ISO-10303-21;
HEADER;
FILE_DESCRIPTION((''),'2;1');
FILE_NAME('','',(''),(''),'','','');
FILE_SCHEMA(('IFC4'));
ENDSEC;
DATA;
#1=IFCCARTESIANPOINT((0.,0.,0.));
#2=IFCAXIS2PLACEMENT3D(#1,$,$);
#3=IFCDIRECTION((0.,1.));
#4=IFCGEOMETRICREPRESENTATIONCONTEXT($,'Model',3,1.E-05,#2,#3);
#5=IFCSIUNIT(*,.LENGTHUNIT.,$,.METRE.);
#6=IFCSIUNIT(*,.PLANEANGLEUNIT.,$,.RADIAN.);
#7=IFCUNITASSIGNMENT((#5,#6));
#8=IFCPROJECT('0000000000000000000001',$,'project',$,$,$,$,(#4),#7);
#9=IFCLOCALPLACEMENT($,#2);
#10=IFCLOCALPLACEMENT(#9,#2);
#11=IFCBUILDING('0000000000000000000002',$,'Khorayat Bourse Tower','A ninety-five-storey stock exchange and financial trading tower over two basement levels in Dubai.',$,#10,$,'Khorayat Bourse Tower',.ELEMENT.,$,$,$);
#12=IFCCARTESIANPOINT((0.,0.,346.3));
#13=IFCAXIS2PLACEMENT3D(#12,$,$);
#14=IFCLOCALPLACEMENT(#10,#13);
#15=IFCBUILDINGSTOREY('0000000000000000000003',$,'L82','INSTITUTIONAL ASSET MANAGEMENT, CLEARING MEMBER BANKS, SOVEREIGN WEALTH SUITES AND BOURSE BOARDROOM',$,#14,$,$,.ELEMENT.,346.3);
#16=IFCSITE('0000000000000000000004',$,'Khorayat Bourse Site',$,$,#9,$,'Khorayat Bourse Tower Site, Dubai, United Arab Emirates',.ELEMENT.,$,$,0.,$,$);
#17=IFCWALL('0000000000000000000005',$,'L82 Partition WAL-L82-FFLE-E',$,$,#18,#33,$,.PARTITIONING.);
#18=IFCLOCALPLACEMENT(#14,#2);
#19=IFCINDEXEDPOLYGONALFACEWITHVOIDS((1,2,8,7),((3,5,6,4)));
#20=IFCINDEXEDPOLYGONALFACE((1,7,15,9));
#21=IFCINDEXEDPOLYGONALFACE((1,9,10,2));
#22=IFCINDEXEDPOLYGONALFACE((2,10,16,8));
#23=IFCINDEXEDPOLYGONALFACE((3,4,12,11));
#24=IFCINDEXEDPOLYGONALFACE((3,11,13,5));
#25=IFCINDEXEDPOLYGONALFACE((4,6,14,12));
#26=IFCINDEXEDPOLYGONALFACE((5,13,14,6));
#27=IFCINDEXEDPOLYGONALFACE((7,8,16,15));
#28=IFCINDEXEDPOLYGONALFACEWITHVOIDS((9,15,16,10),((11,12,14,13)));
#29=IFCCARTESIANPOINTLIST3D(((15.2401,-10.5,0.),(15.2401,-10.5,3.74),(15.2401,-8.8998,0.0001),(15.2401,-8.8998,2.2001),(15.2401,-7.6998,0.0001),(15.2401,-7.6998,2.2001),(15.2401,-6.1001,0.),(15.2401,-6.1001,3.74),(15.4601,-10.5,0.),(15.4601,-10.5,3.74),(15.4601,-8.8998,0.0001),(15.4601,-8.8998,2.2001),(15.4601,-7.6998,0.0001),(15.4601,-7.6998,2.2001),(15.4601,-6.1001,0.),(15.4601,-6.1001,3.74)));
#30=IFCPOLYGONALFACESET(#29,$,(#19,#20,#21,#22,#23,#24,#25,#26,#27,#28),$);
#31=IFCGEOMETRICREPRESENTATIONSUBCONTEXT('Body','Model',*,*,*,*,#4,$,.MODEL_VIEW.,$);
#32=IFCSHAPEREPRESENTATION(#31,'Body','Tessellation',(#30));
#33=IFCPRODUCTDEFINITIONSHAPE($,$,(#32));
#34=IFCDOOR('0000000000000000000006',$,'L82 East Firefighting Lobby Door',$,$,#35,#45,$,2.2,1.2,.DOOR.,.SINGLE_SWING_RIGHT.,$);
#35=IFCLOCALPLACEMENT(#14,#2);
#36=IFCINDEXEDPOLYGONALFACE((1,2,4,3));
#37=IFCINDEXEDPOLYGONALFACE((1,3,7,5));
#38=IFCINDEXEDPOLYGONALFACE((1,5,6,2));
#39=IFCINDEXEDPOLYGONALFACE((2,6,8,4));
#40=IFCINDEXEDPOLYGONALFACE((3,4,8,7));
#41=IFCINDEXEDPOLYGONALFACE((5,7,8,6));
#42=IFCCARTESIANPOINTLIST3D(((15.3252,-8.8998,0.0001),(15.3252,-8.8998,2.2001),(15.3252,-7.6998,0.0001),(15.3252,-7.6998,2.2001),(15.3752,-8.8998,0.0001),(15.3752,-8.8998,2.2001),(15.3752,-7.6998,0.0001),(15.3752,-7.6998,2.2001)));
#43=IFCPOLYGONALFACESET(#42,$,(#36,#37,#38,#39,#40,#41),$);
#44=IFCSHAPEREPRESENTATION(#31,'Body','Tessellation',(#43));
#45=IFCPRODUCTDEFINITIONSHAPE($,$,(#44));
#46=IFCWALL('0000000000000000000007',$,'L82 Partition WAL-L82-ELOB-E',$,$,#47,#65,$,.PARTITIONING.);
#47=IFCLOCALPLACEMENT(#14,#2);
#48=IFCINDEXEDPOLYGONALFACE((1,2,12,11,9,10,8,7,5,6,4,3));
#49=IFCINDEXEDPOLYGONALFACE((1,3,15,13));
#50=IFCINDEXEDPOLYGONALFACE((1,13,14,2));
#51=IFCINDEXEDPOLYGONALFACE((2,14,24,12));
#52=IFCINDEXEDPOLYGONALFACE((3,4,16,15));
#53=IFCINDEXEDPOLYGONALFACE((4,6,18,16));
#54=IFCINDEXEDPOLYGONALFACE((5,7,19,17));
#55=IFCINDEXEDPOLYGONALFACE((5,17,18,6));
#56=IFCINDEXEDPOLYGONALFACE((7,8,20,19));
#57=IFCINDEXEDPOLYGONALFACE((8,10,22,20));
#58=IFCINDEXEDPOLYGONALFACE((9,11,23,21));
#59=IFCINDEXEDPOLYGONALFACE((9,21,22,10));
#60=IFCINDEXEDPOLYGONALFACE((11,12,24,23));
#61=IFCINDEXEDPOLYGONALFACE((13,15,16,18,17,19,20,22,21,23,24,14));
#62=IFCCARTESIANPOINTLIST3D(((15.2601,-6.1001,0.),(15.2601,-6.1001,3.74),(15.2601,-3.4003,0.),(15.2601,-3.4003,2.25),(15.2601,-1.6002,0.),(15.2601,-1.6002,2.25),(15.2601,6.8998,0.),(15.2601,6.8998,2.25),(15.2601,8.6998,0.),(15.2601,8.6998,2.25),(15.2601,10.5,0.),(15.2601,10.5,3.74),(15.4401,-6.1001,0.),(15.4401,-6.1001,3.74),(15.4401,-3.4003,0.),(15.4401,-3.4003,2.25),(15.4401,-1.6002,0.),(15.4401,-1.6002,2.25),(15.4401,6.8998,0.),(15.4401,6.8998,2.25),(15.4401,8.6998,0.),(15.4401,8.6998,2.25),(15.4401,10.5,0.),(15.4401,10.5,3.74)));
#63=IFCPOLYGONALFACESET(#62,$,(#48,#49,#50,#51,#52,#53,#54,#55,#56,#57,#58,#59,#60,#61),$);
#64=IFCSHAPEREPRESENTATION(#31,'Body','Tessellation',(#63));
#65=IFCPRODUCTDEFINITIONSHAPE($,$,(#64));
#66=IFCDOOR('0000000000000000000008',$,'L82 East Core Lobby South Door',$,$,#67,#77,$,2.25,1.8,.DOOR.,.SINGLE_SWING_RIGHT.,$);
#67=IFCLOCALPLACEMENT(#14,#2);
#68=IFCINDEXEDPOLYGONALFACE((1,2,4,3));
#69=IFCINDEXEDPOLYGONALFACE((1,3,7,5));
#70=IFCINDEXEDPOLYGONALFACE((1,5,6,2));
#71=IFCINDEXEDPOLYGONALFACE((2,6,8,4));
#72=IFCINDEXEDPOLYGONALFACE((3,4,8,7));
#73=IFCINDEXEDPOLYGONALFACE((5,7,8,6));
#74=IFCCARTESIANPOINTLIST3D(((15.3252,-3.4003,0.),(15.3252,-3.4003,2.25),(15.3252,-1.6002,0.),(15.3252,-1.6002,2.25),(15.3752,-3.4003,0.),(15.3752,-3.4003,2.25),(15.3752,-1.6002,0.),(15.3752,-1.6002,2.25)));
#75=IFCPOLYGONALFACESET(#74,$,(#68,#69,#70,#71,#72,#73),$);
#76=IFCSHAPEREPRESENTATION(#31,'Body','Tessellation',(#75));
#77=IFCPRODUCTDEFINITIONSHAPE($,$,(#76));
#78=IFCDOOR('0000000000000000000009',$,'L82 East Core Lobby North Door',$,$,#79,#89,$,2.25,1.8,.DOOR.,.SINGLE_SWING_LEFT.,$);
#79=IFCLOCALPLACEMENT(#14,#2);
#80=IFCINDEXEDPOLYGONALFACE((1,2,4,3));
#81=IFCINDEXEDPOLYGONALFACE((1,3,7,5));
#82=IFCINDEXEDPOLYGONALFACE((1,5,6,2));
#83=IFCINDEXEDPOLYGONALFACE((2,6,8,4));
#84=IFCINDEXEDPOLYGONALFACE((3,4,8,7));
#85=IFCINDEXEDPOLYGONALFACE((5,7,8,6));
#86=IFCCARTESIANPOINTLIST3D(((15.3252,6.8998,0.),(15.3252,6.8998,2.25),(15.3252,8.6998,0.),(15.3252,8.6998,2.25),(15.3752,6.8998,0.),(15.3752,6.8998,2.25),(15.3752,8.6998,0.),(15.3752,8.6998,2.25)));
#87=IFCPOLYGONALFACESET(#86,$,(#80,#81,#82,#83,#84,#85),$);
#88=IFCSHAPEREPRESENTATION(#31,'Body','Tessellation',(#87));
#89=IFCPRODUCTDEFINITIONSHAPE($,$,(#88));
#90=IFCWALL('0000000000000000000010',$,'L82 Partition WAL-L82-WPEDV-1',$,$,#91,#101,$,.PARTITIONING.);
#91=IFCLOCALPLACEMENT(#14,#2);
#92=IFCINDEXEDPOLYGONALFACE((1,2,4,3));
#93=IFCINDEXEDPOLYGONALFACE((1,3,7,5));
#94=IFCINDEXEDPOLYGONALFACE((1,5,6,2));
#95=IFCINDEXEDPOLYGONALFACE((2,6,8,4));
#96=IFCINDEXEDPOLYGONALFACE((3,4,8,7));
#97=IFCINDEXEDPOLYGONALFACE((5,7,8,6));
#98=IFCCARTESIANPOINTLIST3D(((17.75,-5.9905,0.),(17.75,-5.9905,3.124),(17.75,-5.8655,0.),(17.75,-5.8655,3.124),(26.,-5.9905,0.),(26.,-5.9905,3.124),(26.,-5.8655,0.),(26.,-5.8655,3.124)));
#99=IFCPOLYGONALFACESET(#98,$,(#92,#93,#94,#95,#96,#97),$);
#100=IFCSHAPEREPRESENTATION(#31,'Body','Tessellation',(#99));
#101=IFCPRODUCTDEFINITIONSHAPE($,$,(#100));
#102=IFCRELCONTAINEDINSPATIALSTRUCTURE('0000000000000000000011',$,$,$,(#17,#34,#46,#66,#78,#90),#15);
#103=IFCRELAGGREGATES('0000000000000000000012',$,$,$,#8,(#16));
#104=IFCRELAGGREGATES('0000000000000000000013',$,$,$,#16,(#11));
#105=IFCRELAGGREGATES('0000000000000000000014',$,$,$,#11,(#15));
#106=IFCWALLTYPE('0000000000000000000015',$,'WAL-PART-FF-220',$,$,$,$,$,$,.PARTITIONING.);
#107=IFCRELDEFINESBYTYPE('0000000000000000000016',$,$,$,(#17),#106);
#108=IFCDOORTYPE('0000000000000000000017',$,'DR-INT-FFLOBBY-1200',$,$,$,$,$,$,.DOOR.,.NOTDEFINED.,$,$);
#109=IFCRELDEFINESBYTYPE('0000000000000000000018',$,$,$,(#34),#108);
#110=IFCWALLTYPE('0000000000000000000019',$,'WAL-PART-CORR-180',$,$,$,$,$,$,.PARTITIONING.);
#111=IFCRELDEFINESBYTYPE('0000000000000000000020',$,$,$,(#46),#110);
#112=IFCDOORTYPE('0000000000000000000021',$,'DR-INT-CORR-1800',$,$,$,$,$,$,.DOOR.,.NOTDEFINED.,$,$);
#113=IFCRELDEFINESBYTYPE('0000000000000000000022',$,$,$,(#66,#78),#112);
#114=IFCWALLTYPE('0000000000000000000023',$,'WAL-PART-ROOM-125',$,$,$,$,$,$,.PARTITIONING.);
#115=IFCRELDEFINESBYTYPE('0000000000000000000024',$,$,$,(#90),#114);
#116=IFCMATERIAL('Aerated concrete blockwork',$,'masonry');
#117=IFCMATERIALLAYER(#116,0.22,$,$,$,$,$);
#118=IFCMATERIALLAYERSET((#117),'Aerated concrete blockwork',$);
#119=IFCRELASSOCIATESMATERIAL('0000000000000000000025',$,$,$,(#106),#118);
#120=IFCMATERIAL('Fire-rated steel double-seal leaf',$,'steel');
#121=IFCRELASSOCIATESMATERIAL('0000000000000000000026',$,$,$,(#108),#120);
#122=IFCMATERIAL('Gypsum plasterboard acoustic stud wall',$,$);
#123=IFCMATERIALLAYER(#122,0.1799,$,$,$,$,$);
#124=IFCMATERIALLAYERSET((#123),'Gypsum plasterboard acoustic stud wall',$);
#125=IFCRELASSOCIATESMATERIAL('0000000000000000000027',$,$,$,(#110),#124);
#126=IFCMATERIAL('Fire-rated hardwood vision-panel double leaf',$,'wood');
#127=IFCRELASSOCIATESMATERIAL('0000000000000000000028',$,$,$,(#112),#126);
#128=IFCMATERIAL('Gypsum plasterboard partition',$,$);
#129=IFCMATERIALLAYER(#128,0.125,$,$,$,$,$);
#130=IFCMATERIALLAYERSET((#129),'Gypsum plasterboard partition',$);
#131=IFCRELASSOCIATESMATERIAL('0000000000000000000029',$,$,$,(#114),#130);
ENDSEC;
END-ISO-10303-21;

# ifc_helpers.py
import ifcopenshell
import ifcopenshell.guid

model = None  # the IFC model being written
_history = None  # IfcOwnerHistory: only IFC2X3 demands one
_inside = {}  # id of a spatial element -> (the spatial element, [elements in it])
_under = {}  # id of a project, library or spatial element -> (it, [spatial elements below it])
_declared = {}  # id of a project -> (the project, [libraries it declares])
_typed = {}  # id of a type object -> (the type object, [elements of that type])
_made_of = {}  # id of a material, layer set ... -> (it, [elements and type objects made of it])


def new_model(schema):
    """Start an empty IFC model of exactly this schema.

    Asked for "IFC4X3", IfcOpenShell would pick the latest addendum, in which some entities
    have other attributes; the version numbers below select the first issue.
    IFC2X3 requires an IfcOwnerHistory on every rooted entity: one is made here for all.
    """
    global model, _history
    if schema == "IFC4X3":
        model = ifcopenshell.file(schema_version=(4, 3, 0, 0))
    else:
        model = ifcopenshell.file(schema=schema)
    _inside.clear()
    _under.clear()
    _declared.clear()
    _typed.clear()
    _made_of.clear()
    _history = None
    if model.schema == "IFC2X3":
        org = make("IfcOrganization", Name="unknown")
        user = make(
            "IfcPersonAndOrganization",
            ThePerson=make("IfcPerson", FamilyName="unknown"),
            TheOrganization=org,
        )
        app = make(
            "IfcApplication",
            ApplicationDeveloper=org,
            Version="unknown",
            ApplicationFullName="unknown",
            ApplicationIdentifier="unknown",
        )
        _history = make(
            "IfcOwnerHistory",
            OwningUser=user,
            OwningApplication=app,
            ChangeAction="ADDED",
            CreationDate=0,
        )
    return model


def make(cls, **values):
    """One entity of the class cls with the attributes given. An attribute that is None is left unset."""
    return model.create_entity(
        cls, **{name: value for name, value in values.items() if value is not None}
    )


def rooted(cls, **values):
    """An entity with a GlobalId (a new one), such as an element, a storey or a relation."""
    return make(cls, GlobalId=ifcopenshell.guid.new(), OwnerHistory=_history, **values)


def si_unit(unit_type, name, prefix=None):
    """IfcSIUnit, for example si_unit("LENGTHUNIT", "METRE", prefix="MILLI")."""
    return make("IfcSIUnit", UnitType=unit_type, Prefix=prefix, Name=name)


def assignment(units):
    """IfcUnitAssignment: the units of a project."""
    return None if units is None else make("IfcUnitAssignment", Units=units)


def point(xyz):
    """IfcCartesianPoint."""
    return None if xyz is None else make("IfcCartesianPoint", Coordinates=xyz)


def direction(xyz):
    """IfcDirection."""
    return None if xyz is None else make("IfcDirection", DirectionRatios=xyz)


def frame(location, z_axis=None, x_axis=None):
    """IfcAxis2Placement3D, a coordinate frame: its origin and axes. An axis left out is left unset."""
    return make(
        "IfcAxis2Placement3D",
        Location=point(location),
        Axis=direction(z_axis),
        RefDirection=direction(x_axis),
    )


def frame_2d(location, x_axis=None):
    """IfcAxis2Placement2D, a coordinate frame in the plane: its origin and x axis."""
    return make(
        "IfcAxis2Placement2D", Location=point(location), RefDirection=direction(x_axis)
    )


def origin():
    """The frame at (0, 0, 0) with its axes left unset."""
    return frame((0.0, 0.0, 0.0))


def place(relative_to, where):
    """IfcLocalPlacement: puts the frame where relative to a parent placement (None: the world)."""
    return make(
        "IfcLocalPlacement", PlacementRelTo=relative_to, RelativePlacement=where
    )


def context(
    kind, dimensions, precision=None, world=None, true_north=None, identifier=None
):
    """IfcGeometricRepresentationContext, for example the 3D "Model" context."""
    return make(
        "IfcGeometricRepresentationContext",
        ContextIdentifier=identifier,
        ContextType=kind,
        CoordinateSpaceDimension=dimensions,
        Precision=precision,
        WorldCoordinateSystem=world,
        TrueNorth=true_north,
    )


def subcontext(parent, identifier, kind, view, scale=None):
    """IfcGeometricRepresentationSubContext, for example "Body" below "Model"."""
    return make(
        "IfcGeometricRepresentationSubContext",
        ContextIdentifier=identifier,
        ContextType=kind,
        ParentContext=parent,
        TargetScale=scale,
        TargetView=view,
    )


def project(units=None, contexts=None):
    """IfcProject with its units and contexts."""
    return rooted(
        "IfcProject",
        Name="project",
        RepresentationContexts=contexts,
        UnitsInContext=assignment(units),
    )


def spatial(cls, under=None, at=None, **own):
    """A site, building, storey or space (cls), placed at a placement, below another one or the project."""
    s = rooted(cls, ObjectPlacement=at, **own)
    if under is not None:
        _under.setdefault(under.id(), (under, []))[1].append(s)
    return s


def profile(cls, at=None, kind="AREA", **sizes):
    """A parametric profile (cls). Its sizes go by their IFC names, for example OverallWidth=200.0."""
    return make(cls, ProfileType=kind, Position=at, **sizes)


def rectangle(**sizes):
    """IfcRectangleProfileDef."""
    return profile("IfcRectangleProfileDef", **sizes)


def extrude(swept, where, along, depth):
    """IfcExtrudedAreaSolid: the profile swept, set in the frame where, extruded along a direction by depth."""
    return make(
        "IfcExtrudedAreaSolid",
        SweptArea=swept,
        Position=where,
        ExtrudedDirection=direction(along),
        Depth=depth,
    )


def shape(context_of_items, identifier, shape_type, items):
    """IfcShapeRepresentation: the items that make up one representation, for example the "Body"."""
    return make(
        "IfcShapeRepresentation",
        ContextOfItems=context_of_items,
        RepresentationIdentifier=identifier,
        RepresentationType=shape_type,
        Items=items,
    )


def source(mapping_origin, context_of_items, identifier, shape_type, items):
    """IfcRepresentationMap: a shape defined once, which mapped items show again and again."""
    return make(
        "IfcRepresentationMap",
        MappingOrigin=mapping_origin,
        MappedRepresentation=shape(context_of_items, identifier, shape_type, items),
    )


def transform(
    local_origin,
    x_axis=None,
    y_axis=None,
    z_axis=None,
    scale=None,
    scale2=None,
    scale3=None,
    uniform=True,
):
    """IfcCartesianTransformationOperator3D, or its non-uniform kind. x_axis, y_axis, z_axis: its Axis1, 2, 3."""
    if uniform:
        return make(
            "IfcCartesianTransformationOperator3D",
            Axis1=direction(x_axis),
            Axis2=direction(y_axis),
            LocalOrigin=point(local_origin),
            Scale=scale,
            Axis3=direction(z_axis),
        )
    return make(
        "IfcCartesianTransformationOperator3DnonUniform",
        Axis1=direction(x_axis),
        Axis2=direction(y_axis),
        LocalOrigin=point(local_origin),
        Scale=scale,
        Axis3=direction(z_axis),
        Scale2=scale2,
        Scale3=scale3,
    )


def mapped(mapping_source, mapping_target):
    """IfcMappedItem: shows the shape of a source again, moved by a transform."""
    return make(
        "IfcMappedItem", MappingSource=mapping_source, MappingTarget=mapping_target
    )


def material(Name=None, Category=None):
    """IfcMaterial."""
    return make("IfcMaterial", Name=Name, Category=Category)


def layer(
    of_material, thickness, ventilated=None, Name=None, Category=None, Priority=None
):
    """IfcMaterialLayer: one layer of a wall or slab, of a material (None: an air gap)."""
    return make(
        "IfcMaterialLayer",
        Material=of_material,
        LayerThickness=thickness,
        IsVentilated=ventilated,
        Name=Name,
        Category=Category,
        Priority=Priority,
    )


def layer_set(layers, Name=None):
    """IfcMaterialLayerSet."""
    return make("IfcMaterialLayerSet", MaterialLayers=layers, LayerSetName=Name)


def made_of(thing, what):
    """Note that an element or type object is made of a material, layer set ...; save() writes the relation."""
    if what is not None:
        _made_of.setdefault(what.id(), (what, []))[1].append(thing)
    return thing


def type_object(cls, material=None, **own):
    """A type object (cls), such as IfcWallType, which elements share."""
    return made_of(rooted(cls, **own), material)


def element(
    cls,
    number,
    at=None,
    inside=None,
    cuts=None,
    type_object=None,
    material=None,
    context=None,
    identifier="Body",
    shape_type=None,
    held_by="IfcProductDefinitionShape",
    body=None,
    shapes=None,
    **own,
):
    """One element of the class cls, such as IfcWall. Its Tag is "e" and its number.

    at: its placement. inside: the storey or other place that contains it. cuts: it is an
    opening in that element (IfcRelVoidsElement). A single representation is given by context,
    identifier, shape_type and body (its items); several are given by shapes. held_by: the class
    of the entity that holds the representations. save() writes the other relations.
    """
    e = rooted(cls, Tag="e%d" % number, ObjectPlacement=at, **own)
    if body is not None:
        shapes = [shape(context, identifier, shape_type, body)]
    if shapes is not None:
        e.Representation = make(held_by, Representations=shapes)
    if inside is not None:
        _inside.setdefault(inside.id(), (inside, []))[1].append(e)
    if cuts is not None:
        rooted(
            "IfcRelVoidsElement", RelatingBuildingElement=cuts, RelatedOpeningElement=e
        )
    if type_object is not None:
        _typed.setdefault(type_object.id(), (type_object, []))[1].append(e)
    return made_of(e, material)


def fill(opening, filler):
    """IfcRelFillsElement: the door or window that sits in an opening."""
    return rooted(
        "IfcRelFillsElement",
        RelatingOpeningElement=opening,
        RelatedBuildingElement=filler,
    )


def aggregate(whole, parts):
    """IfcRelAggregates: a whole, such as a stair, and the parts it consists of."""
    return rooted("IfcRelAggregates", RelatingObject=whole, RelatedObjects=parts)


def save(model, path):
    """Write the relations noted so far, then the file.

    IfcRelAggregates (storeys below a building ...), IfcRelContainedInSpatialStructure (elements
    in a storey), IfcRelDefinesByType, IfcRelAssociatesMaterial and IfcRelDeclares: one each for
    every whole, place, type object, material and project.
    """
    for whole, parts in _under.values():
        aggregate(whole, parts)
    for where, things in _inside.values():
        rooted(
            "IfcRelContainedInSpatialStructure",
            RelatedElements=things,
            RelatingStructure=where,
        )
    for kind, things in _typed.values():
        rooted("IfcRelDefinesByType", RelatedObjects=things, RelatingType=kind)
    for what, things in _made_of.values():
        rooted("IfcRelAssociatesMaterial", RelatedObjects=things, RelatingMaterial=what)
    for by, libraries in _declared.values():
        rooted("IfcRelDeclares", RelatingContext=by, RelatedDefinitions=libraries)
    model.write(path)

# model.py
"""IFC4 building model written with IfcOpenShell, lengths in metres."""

from ifc_helpers import new_model, si_unit, direction, frame, frame_2d, origin, place, context, subcontext, project, spatial, rectangle, extrude, source, transform, mapped, material, layer, layer_set, type_object, element, fill, save


model = new_model("IFC4")

# Units and contexts
model_context = context("Model", 3, precision=1e-05, world=origin(), true_north=direction((0.0, 1.0)))
body_context = subcontext(model_context, "Body", "Model", "MODEL_VIEW")
ifc_project = project(units=[si_unit("LENGTHUNIT", "METRE"), si_unit("PLANEANGLEUNIT", "RADIAN")], contexts=[model_context])

# Site, building, storey
site_placement = place(None, origin())
site = spatial("IfcSite", under=ifc_project, at=site_placement, Name="Khorayat Bourse Site", LongName="Khorayat Bourse Tower Site, Dubai, United Arab Emirates", CompositionType="ELEMENT", RefElevation=0.0)
building_placement = place(site_placement, origin())
building = spatial("IfcBuilding", under=site, at=building_placement, Name="Khorayat Bourse Tower", Description="A ninety-five-storey stock exchange and financial trading tower over two basement levels in Dubai.", LongName="Khorayat Bourse Tower", CompositionType="ELEMENT")
storey_placement = place(building_placement, frame((0.0, 0.0, 346.3)))
storey = spatial("IfcBuildingStorey", under=building, at=storey_placement, Name="L82", Description="INSTITUTIONAL ASSET MANAGEMENT, CLEARING MEMBER BANKS, SOVEREIGN WEALTH SUITES AND BOURSE BOARDROOM", CompositionType="ELEMENT", Elevation=346.3)

# Shared definitions
ifc_material_1 = material(Name="Aerated concrete blockwork", Category="masonry")
ifc_layer_1 = layer(ifc_material_1, 0.22)
ifc_layer_set_1 = layer_set([ifc_layer_1], Name="Aerated concrete blockwork")
wall_type_1 = type_object("IfcWallType", Name="WAL-PART-FF-220", PredefinedType="PARTITIONING", material=ifc_layer_set_1)

# Wall, opening, door
shared_shape_1 = source(origin(), body_context, "Body", "SweptSolid", [
    extrude(rectangle(XDim=4.3999, YDim=0.22, at=frame_2d((2.2, 0.0))), origin(), (0.0, 0.0, 1.0), 3.74),
])
wall_1_placement = place(storey_placement, frame((15.3501, -10.5, 0.0), z_axis=(0.0, 0.0, 1.0), x_axis=(0.0, 1.0, 0.0)))
wall_1 = element("IfcWall", 1, at=wall_1_placement, inside=storey, type_object=wall_type_1, Name="L82 Partition WAL-L82-FFLE-E", PredefinedType="PARTITIONING", context=body_context, shape_type="MappedRepresentation", body=[
    mapped(shared_shape_1, transform((0.0, 0.0, 0.0), scale=1.0)),
])
shared_shape_2 = source(origin(), body_context, "Body", "SweptSolid", [
    extrude(rectangle(XDim=1.2, YDim=2.2, at=frame_2d((0.6001, 1.1001))), frame((0.0, 0.1199, 0.0), z_axis=(0.0, -1.0, 0.0), x_axis=(1.0, 0.0, 0.0)), (0.0, 0.0, 1.0), 0.24),
])
opening_1_placement = place(wall_1_placement, frame((1.6001, 0.0, 0.0)))
opening_1 = element("IfcOpeningElement", 2, at=opening_1_placement, cuts=wall_1, PredefinedType="OPENING", context=body_context, shape_type="MappedRepresentation", body=[
    mapped(shared_shape_2, transform((0.0, 0.0, 0.0), scale=1.0)),
])
ifc_material_2 = material(Name="Fire-rated steel double-seal leaf", Category="steel")
door_type_1 = type_object("IfcDoorType", Name="DR-INT-FFLOBBY-1200", OperationType="NOTDEFINED", PredefinedType="DOOR", material=ifc_material_2)
shared_shape_3 = source(origin(), body_context, "Body", "SweptSolid", [
    extrude(rectangle(XDim=1.2, YDim=2.2, at=frame_2d((0.6001, 1.1001))), frame((0.0, 0.0249, 0.0), z_axis=(0.0, -1.0, 0.0), x_axis=(1.0, 0.0, 0.0)), (0.0, 0.0, 1.0), 0.05),
])
door_1_placement = place(opening_1_placement, origin())
door_1 = element("IfcDoor", 3, at=door_1_placement, inside=storey, type_object=door_type_1, Name="L82 East Firefighting Lobby Door", OperationType="SINGLE_SWING_RIGHT", OverallHeight=2.2, OverallWidth=1.2, PredefinedType="DOOR", context=body_context, shape_type="MappedRepresentation", body=[
    mapped(shared_shape_3, transform((0.0, 0.0, 0.0), scale=1.0)),
])
fill(opening_1, door_1)

# Wall, openings, doors
ifc_material_3 = material(Name="Gypsum plasterboard acoustic stud wall")
ifc_layer_2 = layer(ifc_material_3, 0.1799)
ifc_layer_set_2 = layer_set([ifc_layer_2], Name="Gypsum plasterboard acoustic stud wall")
wall_type_2 = type_object("IfcWallType", Name="WAL-PART-CORR-180", PredefinedType="PARTITIONING", material=ifc_layer_set_2)
shared_shape_4 = source(origin(), body_context, "Body", "SweptSolid", [
    extrude(rectangle(XDim=16.6001, YDim=0.1799, at=frame_2d((8.3, 0.0))), origin(), (0.0, 0.0, 1.0), 3.74),
])
wall_2_placement = place(storey_placement, frame((15.3501, -6.1001, 0.0), z_axis=(0.0, 0.0, 1.0), x_axis=(0.0, 1.0, 0.0)))
wall_2 = element("IfcWall", 4, at=wall_2_placement, inside=storey, type_object=wall_type_2, Name="L82 Partition WAL-L82-ELOB-E", PredefinedType="PARTITIONING", context=body_context, shape_type="MappedRepresentation", body=[
    mapped(shared_shape_4, transform((0.0, 0.0, 0.0), scale=1.0)),
])
shared_shape_5 = source(origin(), body_context, "Body", "SweptSolid", [
    extrude(rectangle(XDim=1.8, YDim=2.25, at=frame_2d((0.8999, 1.125))), frame((0.0, 0.0999, 0.0), z_axis=(0.0, -1.0, 0.0), x_axis=(1.0, 0.0, 0.0)), (0.0, 0.0, 1.0), 0.2),
])
opening_2_placement = place(wall_2_placement, frame((2.7, 0.0, 0.0)))
opening_2 = element("IfcOpeningElement", 5, at=opening_2_placement, cuts=wall_2, PredefinedType="OPENING", context=body_context, shape_type="MappedRepresentation", body=[
    mapped(shared_shape_5, transform((0.0, 0.0, 0.0), scale=1.0)),
])
opening_3_placement = place(wall_2_placement, frame((13.0, 0.0, 0.0)))
opening_3 = element("IfcOpeningElement", 6, at=opening_3_placement, cuts=wall_2, PredefinedType="OPENING", context=body_context, shape_type="MappedRepresentation", body=[
    mapped(shared_shape_5, transform((0.0, 0.0, 0.0), scale=1.0)),
])
ifc_material_4 = material(Name="Fire-rated hardwood vision-panel double leaf", Category="wood")
door_type_2 = type_object("IfcDoorType", Name="DR-INT-CORR-1800", OperationType="NOTDEFINED", PredefinedType="DOOR", material=ifc_material_4)
shared_shape_6 = source(origin(), body_context, "Body", "SweptSolid", [
    extrude(rectangle(XDim=1.8, YDim=2.25, at=frame_2d((0.8999, 1.125))), frame((0.0, 0.0249, 0.0), z_axis=(0.0, -1.0, 0.0), x_axis=(1.0, 0.0, 0.0)), (0.0, 0.0, 1.0), 0.05),
])
door_2_placement = place(opening_2_placement, origin())
door_2 = element("IfcDoor", 7, at=door_2_placement, inside=storey, type_object=door_type_2, Name="L82 East Core Lobby South Door", OperationType="SINGLE_SWING_RIGHT", OverallHeight=2.25, OverallWidth=1.8, PredefinedType="DOOR", context=body_context, shape_type="MappedRepresentation", body=[
    mapped(shared_shape_6, transform((0.0, 0.0, 0.0), scale=1.0)),
])
fill(opening_2, door_2)
door_3_placement = place(opening_3_placement, origin())
door_3 = element("IfcDoor", 8, at=door_3_placement, inside=storey, type_object=door_type_2, Name="L82 East Core Lobby North Door", OperationType="SINGLE_SWING_LEFT", OverallHeight=2.25, OverallWidth=1.8, PredefinedType="DOOR", context=body_context, shape_type="MappedRepresentation", body=[
    mapped(shared_shape_6, transform((0.0, 0.0, 0.0), scale=1.0)),
])
fill(opening_3, door_3)

# Wall
ifc_material_5 = material(Name="Gypsum plasterboard partition")
ifc_layer_3 = layer(ifc_material_5, 0.125)
ifc_layer_set_3 = layer_set([ifc_layer_3], Name="Gypsum plasterboard partition")
wall_type_3 = type_object("IfcWallType", Name="WAL-PART-ROOM-125", PredefinedType="PARTITIONING", material=ifc_layer_set_3)
shared_shape_7 = source(origin(), body_context, "Body", "SweptSolid", [
    extrude(rectangle(XDim=8.25, YDim=0.125, at=frame_2d((4.125, 0.0))), origin(), (0.0, 0.0, 1.0), 3.124),
])
wall_3_placement = place(storey_placement, frame((17.75, -5.928, 0.0), z_axis=(0.0, 0.0, 1.0), x_axis=(1.0, 0.0, 0.0)))
element("IfcWall", 9, at=wall_3_placement, inside=storey, type_object=wall_type_3, Name="L82 Partition WAL-L82-WPEDV-1", PredefinedType="PARTITIONING", context=body_context, shape_type="MappedRepresentation", body=[
    mapped(shared_shape_7, transform((0.0, 0.0, 0.0), scale=1.0)),
])

save(model, "model.ifc")
